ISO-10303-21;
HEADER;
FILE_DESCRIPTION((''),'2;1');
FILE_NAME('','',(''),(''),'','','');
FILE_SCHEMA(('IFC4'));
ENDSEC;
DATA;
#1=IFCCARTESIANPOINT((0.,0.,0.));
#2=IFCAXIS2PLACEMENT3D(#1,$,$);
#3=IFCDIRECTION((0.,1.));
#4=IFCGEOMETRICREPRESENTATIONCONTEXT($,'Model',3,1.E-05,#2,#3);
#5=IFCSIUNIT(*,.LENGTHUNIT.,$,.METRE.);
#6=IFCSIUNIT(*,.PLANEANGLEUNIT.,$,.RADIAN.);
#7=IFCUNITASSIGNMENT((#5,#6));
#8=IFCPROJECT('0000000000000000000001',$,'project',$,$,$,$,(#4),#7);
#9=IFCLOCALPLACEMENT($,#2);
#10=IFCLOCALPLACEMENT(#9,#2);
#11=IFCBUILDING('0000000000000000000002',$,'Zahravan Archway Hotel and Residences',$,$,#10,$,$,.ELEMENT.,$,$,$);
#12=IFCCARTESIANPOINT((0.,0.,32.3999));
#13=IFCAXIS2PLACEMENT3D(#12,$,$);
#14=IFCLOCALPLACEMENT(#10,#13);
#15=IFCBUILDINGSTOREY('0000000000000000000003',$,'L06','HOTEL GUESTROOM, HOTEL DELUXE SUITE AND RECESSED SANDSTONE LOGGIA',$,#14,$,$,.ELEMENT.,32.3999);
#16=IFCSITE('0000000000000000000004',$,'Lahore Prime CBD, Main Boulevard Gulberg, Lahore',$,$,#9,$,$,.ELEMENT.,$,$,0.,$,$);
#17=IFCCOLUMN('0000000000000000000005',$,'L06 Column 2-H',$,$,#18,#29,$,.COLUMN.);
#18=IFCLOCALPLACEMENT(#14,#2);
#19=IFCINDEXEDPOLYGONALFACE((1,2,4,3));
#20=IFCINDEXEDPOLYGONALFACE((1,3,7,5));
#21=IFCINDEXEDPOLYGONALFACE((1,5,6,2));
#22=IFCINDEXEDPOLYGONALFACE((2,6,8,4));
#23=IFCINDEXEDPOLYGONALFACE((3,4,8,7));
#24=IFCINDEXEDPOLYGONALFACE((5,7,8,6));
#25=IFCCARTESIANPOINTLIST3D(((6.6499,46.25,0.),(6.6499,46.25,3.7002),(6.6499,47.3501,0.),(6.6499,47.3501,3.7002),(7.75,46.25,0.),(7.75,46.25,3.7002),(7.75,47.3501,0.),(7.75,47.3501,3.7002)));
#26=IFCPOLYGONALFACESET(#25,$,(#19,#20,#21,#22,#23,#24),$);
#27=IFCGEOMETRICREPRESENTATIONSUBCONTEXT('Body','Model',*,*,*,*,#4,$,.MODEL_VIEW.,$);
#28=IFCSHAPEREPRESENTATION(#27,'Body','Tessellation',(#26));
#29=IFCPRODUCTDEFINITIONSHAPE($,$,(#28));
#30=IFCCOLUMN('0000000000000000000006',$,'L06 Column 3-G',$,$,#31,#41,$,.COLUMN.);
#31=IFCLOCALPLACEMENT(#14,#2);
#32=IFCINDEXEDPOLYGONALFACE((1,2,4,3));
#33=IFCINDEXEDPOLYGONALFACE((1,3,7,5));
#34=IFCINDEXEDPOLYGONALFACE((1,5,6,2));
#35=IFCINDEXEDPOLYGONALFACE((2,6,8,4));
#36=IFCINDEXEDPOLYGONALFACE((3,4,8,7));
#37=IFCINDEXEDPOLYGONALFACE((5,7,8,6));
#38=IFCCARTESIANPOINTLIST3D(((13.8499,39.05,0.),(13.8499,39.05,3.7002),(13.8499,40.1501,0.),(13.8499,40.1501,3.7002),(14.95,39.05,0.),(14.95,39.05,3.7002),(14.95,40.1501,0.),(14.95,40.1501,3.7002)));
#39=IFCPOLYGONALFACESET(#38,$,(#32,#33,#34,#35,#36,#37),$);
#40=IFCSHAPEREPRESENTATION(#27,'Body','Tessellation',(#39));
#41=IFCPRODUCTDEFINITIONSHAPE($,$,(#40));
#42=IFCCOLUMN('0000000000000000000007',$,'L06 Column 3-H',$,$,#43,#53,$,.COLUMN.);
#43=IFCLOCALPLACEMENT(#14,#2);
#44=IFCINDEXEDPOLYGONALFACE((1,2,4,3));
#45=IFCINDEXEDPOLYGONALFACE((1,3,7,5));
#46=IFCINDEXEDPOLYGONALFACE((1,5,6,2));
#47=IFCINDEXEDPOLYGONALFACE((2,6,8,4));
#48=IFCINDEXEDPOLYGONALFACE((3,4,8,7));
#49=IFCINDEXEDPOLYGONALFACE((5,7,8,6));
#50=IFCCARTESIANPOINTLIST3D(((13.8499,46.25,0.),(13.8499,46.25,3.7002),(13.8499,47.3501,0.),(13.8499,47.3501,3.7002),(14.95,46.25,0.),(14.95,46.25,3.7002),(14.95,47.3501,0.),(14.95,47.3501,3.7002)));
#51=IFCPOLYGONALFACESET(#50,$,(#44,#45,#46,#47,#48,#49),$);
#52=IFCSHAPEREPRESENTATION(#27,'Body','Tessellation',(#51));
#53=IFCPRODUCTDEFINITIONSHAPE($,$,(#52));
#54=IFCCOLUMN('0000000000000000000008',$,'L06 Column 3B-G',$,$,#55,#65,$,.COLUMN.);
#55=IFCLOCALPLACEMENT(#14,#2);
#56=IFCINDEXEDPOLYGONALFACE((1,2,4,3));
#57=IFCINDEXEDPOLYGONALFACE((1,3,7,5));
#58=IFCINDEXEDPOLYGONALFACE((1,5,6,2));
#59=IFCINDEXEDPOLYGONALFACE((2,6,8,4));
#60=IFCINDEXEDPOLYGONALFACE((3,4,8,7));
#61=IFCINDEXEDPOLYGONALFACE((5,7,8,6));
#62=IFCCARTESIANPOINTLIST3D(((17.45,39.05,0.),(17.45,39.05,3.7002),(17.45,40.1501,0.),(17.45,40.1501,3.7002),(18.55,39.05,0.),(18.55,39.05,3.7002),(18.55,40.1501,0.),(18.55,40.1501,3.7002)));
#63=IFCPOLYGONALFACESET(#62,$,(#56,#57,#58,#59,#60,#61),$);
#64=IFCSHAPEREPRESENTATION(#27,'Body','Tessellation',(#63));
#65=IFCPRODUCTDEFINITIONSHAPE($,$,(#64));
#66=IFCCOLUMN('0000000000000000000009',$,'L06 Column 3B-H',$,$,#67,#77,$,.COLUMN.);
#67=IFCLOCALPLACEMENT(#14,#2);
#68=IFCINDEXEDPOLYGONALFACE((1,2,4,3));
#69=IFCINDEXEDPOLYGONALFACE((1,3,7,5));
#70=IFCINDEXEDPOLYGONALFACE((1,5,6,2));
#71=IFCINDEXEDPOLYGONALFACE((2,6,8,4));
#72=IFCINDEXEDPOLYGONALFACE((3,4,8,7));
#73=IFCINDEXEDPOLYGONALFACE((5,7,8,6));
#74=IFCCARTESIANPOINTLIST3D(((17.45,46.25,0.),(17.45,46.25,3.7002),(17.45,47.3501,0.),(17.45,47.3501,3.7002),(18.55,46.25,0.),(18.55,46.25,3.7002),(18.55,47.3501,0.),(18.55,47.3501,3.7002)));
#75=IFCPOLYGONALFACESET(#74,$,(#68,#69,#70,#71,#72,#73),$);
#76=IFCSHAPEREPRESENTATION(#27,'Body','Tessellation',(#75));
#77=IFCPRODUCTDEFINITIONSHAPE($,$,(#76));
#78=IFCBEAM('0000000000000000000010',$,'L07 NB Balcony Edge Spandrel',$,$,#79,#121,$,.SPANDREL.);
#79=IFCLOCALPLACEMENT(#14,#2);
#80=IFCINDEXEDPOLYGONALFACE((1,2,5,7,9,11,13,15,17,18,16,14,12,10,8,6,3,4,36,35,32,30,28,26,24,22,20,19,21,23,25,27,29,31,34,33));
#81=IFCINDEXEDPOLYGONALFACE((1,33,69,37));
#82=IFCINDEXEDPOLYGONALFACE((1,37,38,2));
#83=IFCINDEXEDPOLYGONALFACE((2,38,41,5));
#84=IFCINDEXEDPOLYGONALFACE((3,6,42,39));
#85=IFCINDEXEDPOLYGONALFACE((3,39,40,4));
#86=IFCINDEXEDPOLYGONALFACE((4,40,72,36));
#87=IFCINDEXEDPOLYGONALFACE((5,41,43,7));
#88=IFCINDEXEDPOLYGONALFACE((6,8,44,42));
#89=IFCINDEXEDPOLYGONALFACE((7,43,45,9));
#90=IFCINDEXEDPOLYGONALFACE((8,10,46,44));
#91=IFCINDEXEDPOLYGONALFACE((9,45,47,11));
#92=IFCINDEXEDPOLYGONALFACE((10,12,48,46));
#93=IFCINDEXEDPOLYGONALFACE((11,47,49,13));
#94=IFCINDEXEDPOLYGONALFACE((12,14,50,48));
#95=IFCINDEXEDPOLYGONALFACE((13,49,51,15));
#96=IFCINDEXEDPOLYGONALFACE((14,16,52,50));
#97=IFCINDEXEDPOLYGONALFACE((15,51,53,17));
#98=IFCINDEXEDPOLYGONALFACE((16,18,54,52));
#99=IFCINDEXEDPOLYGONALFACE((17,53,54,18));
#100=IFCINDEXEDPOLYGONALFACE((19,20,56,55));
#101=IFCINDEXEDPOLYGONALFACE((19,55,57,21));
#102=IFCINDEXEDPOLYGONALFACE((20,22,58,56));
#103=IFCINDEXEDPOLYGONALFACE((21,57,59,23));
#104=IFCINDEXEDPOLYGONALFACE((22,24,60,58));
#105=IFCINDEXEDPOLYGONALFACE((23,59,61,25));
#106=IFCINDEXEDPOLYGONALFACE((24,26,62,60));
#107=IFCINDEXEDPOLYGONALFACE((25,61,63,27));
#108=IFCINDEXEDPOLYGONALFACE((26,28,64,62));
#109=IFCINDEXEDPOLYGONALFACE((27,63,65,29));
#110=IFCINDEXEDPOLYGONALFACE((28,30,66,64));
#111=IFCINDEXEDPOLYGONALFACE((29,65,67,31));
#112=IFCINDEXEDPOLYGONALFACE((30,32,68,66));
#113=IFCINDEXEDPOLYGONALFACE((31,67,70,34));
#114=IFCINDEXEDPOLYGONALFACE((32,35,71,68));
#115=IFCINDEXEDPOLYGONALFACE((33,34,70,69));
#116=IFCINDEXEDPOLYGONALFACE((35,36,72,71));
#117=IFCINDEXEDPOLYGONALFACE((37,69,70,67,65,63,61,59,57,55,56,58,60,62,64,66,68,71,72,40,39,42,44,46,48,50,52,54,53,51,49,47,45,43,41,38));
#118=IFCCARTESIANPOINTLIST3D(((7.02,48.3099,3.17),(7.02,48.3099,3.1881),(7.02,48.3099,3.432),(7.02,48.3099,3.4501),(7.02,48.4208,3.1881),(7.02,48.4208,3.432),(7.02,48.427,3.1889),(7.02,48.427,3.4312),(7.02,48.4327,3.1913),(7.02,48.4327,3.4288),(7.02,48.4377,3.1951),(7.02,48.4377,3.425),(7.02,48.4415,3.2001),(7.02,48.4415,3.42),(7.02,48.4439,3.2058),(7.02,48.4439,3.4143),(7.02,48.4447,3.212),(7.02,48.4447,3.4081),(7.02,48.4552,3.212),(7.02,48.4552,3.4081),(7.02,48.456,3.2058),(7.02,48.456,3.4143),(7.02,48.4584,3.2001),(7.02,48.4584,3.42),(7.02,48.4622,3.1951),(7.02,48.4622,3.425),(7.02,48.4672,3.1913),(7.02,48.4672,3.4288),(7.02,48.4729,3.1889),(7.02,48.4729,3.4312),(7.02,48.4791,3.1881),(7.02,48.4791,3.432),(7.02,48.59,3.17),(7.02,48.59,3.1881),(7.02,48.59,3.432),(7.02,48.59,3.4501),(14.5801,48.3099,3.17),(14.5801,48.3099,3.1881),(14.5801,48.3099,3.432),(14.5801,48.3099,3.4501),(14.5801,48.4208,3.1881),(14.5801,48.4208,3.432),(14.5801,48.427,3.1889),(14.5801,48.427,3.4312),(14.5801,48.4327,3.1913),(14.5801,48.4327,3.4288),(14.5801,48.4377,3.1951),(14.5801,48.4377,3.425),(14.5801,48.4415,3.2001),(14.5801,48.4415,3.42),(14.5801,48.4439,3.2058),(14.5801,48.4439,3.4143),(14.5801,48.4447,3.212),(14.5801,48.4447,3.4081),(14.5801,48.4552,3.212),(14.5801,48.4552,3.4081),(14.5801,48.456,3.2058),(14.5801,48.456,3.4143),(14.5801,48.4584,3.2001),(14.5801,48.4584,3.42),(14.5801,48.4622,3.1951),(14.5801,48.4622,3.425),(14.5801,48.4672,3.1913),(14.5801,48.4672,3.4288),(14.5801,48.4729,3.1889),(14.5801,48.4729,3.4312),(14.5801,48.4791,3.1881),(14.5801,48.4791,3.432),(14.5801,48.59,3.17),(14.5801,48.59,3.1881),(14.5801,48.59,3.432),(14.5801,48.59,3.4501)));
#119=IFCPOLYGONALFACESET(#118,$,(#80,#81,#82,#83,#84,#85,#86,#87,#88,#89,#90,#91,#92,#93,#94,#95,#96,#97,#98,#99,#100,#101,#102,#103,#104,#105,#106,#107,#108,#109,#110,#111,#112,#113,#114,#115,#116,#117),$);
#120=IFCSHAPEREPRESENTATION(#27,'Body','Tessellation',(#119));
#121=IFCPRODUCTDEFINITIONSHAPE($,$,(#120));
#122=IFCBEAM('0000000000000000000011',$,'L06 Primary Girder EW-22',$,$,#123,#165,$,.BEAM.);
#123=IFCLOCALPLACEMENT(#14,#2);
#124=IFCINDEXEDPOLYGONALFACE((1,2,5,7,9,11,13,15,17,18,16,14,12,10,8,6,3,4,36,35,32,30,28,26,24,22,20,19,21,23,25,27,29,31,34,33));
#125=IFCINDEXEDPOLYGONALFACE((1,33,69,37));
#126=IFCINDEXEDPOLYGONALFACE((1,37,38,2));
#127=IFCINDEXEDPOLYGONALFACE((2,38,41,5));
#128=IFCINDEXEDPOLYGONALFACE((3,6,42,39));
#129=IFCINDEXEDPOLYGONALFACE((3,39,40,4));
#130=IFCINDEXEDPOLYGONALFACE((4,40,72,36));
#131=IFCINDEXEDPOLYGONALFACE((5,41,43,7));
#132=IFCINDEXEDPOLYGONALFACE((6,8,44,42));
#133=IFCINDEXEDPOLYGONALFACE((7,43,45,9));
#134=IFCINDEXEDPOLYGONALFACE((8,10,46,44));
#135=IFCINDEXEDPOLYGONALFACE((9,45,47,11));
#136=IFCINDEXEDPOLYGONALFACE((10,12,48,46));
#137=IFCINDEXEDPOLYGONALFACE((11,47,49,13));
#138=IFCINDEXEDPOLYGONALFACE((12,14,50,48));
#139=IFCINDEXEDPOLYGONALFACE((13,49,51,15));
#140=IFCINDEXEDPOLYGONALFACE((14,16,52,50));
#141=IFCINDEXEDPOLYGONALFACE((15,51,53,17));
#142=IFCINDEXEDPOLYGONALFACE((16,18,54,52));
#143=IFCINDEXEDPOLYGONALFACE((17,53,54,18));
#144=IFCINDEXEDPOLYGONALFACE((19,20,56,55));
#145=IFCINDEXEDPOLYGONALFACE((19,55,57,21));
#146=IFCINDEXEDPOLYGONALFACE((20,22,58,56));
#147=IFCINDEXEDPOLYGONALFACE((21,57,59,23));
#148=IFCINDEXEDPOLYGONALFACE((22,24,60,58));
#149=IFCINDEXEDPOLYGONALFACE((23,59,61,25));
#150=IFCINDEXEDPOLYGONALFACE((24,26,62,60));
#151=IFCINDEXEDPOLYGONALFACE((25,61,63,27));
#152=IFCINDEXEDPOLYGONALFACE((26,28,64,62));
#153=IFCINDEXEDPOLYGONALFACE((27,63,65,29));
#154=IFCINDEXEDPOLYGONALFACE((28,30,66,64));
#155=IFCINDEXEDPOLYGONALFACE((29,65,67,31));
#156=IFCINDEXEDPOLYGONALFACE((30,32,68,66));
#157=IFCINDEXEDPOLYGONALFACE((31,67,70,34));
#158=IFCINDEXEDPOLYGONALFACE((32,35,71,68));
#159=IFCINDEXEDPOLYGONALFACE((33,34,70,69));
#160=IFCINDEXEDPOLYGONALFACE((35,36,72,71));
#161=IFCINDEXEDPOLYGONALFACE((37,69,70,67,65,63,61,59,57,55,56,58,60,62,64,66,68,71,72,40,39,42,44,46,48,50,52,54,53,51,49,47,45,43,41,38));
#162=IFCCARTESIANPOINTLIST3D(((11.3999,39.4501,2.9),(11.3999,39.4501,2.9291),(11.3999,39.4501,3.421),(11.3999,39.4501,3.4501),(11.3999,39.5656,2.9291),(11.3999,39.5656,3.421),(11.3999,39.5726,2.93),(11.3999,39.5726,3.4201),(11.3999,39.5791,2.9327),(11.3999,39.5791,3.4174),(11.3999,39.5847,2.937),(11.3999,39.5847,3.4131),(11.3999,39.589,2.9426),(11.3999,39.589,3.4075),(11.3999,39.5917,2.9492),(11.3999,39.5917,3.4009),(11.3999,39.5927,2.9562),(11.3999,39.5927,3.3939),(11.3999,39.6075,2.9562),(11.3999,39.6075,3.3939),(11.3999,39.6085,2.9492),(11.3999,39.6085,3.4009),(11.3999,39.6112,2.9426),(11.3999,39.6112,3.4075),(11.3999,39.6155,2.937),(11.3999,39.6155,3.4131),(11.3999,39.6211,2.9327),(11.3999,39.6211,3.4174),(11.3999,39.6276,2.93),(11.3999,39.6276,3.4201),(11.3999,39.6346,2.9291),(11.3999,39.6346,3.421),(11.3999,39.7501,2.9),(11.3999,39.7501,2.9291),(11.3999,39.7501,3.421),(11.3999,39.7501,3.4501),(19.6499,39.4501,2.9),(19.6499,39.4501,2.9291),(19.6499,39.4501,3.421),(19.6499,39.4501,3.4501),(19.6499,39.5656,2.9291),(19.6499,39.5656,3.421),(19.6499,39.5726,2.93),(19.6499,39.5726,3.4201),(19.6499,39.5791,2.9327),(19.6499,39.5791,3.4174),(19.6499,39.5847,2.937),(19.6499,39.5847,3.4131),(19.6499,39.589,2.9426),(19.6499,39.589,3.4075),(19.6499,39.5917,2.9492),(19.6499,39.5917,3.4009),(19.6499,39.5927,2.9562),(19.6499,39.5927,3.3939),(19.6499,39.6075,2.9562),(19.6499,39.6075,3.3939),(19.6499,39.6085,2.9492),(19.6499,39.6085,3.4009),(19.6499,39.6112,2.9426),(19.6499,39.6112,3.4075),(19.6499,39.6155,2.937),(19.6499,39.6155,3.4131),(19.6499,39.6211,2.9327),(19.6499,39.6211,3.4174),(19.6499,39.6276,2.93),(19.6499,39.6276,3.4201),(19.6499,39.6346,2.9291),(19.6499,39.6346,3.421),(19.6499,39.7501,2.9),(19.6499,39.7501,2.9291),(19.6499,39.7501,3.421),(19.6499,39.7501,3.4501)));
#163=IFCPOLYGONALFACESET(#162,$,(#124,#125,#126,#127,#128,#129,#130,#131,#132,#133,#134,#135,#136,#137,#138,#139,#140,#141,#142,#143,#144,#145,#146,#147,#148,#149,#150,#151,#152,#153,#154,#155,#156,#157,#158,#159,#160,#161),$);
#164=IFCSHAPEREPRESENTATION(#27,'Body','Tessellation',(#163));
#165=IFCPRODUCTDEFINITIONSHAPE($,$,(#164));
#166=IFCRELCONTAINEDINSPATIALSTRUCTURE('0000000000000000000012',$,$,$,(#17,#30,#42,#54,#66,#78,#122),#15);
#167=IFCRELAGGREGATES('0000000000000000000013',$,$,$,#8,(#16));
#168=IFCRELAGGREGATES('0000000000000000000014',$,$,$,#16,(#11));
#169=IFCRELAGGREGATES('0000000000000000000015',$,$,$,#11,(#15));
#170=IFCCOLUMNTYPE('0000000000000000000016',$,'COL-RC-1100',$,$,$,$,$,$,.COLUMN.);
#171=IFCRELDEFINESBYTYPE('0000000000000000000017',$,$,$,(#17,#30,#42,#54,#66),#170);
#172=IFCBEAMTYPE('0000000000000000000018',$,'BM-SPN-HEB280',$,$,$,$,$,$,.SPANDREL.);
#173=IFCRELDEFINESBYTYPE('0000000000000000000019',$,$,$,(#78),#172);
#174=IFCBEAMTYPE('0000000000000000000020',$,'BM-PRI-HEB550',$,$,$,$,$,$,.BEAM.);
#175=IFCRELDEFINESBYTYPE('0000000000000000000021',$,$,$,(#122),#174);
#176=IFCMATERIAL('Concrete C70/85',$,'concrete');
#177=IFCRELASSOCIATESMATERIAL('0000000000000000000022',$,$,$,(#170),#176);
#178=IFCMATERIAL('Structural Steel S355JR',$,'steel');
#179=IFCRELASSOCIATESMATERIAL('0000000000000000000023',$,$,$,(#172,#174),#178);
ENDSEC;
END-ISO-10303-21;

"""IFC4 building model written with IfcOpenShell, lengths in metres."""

from ifc_helpers import new_model, si_unit, direction, frame, origin, origin_2d, place, context, subcontext, project, spatial, rectangle, i_section, extrude, source, transform, mapped, material, material_profile, profile_set, type_object, type_shapes, element, save


model = new_model("IFC4")

# Units and contexts
model_context = context("Model", 3, precision=1e-05, world=origin(), true_north=direction((0.0, 1.0)))
body_context = subcontext(model_context, "Body", "Model", "MODEL_VIEW")
ifc_project = project(units=[si_unit("LENGTHUNIT", "METRE"), si_unit("PLANEANGLEUNIT", "RADIAN")], contexts=[model_context])

# Site, building, storey
site_placement = place(None, origin())
site = spatial("IfcSite", under=ifc_project, at=site_placement, Name="Lahore Prime CBD, Main Boulevard Gulberg, Lahore", CompositionType="ELEMENT", RefElevation=0.0)
building_placement = place(site_placement, origin())
building = spatial("IfcBuilding", under=site, at=building_placement, Name="Zahravan Archway Hotel and Residences", CompositionType="ELEMENT")
storey_placement = place(building_placement, frame((0.0, 0.0, 32.3999)))
storey = spatial("IfcBuildingStorey", under=building, at=storey_placement, Name="L06", Description="HOTEL GUESTROOM, HOTEL DELUXE SUITE AND RECESSED SANDSTONE LOGGIA", CompositionType="ELEMENT", Elevation=32.3999)

# Columns
ifc_material_1 = material(Name="Concrete C70/85", Category="concrete")
ifc_material_profile_1 = material_profile(ifc_material_1, rectangle(XDim=1.1001, YDim=1.1001, at=origin_2d()), Name="RC 1100x1100", Category="concrete")
ifc_profile_set_1 = profile_set([ifc_material_profile_1], Name="Concrete C70/85")
column_type = type_object("IfcColumnType", Name="COL-RC-1100", PredefinedType="COLUMN", material=ifc_profile_set_1)
shared_shape_1 = source(origin(), body_context, "Body", "SweptSolid", [
    extrude(rectangle(XDim=1.1001, YDim=1.1001, at=origin_2d()), origin(), (0.0, 0.0, 1.0), 3.7002),
])
for number, where, z_axis, x_axis, name in (
    (1, (7.2, 46.8, 0.0), (0.0, 0.0, 1.0), (1.0, 0.0, 0.0), "L06 Column 2-H"),
    (2, (14.3999, 39.6001, 0.0), (0.0, 0.0, 1.0), (1.0, 0.0, 0.0), "L06 Column 3-G"),
    (3, (14.3999, 46.8, 0.0), (0.0, 0.0, 1.0), (1.0, 0.0, 0.0), "L06 Column 3-H"),
    (4, (18.0, 39.6001, 0.0), (0.0, 0.0, 1.0), (1.0, 0.0, 0.0), "L06 Column 3B-G"),
    (5, (18.0, 46.8, 0.0), (0.0, 0.0, 1.0), (1.0, 0.0, 0.0), "L06 Column 3B-H"),
):
    element("IfcColumn", number, at=place(storey_placement, frame(where, z_axis=z_axis, x_axis=x_axis)), inside=storey, type_object=column_type, Name=name, PredefinedType="COLUMN", context=body_context, shape_type="MappedRepresentation", body=[
        mapped(shared_shape_1, transform((0.0, 0.0, 0.0), scale=1.0)),
    ])

# Beams
ifc_material_2 = material(Name="Structural Steel S355JR", Category="steel")
ifc_material_profile_2 = material_profile(ifc_material_2, i_section(OverallWidth=0.28, OverallDepth=0.28, WebThickness=0.0105, FlangeThickness=0.0181, FilletRadius=0.0239, at=origin_2d()), Name="HEB 280", Category="steel")
ifc_profile_set_2 = profile_set([ifc_material_profile_2], Name="Structural Steel S355JR")
beam_type_1 = type_object("IfcBeamType", Name="BM-SPN-HEB280", PredefinedType="SPANDREL", material=ifc_profile_set_2)
shared_shape_2 = source(origin(), body_context, "Body", "SweptSolid", [
    extrude(i_section(OverallWidth=0.28, OverallDepth=0.28, WebThickness=0.0105, FlangeThickness=0.0181, FilletRadius=0.0239, at=origin_2d()), origin(), (0.0, 0.0, 1.0), 7.5601),
])
type_shapes(beam_type_1, [shared_shape_2])
beam_1_placement = place(storey_placement, frame((7.02, 48.45, 3.3101), z_axis=(1.0, 0.0, 0.0), x_axis=(0.0, 1.0, 0.0)))
element("IfcBeam", 6, at=beam_1_placement, inside=storey, type_object=beam_type_1, Name="L07 NB Balcony Edge Spandrel", PredefinedType="SPANDREL", context=body_context, shape_type="MappedRepresentation", body=[
    mapped(shared_shape_2, transform((0.0, 0.0, 0.0), scale=1.0)),
])
ifc_material_profile_3 = material_profile(ifc_material_2, i_section(OverallWidth=0.3, OverallDepth=0.55, WebThickness=0.0149, FlangeThickness=0.0291, FilletRadius=0.0271, at=origin_2d()), Name="HEB 550", Category="steel")
ifc_profile_set_3 = profile_set([ifc_material_profile_3], Name="Structural Steel S355JR")
beam_type_2 = type_object("IfcBeamType", Name="BM-PRI-HEB550", PredefinedType="BEAM", material=ifc_profile_set_3)
shared_shape_3 = source(origin(), body_context, "Body", "SweptSolid", [
    extrude(i_section(OverallWidth=0.3, OverallDepth=0.55, WebThickness=0.0149, FlangeThickness=0.0291, FilletRadius=0.0271, at=origin_2d()), origin(), (0.0, 0.0, 1.0), 8.25),
])
beam_2_placement = place(storey_placement, frame((11.3999, 39.6001, 3.175), z_axis=(1.0, 0.0, 0.0), x_axis=(0.0, 1.0, 0.0)))
element("IfcBeam", 7, at=beam_2_placement, inside=storey, type_object=beam_type_2, Name="L06 Primary Girder EW-22", PredefinedType="BEAM", context=body_context, shape_type="MappedRepresentation", body=[
    mapped(shared_shape_3, transform((0.0, 0.0, 0.0), scale=1.0)),
])

save(model, "model.ifc")
